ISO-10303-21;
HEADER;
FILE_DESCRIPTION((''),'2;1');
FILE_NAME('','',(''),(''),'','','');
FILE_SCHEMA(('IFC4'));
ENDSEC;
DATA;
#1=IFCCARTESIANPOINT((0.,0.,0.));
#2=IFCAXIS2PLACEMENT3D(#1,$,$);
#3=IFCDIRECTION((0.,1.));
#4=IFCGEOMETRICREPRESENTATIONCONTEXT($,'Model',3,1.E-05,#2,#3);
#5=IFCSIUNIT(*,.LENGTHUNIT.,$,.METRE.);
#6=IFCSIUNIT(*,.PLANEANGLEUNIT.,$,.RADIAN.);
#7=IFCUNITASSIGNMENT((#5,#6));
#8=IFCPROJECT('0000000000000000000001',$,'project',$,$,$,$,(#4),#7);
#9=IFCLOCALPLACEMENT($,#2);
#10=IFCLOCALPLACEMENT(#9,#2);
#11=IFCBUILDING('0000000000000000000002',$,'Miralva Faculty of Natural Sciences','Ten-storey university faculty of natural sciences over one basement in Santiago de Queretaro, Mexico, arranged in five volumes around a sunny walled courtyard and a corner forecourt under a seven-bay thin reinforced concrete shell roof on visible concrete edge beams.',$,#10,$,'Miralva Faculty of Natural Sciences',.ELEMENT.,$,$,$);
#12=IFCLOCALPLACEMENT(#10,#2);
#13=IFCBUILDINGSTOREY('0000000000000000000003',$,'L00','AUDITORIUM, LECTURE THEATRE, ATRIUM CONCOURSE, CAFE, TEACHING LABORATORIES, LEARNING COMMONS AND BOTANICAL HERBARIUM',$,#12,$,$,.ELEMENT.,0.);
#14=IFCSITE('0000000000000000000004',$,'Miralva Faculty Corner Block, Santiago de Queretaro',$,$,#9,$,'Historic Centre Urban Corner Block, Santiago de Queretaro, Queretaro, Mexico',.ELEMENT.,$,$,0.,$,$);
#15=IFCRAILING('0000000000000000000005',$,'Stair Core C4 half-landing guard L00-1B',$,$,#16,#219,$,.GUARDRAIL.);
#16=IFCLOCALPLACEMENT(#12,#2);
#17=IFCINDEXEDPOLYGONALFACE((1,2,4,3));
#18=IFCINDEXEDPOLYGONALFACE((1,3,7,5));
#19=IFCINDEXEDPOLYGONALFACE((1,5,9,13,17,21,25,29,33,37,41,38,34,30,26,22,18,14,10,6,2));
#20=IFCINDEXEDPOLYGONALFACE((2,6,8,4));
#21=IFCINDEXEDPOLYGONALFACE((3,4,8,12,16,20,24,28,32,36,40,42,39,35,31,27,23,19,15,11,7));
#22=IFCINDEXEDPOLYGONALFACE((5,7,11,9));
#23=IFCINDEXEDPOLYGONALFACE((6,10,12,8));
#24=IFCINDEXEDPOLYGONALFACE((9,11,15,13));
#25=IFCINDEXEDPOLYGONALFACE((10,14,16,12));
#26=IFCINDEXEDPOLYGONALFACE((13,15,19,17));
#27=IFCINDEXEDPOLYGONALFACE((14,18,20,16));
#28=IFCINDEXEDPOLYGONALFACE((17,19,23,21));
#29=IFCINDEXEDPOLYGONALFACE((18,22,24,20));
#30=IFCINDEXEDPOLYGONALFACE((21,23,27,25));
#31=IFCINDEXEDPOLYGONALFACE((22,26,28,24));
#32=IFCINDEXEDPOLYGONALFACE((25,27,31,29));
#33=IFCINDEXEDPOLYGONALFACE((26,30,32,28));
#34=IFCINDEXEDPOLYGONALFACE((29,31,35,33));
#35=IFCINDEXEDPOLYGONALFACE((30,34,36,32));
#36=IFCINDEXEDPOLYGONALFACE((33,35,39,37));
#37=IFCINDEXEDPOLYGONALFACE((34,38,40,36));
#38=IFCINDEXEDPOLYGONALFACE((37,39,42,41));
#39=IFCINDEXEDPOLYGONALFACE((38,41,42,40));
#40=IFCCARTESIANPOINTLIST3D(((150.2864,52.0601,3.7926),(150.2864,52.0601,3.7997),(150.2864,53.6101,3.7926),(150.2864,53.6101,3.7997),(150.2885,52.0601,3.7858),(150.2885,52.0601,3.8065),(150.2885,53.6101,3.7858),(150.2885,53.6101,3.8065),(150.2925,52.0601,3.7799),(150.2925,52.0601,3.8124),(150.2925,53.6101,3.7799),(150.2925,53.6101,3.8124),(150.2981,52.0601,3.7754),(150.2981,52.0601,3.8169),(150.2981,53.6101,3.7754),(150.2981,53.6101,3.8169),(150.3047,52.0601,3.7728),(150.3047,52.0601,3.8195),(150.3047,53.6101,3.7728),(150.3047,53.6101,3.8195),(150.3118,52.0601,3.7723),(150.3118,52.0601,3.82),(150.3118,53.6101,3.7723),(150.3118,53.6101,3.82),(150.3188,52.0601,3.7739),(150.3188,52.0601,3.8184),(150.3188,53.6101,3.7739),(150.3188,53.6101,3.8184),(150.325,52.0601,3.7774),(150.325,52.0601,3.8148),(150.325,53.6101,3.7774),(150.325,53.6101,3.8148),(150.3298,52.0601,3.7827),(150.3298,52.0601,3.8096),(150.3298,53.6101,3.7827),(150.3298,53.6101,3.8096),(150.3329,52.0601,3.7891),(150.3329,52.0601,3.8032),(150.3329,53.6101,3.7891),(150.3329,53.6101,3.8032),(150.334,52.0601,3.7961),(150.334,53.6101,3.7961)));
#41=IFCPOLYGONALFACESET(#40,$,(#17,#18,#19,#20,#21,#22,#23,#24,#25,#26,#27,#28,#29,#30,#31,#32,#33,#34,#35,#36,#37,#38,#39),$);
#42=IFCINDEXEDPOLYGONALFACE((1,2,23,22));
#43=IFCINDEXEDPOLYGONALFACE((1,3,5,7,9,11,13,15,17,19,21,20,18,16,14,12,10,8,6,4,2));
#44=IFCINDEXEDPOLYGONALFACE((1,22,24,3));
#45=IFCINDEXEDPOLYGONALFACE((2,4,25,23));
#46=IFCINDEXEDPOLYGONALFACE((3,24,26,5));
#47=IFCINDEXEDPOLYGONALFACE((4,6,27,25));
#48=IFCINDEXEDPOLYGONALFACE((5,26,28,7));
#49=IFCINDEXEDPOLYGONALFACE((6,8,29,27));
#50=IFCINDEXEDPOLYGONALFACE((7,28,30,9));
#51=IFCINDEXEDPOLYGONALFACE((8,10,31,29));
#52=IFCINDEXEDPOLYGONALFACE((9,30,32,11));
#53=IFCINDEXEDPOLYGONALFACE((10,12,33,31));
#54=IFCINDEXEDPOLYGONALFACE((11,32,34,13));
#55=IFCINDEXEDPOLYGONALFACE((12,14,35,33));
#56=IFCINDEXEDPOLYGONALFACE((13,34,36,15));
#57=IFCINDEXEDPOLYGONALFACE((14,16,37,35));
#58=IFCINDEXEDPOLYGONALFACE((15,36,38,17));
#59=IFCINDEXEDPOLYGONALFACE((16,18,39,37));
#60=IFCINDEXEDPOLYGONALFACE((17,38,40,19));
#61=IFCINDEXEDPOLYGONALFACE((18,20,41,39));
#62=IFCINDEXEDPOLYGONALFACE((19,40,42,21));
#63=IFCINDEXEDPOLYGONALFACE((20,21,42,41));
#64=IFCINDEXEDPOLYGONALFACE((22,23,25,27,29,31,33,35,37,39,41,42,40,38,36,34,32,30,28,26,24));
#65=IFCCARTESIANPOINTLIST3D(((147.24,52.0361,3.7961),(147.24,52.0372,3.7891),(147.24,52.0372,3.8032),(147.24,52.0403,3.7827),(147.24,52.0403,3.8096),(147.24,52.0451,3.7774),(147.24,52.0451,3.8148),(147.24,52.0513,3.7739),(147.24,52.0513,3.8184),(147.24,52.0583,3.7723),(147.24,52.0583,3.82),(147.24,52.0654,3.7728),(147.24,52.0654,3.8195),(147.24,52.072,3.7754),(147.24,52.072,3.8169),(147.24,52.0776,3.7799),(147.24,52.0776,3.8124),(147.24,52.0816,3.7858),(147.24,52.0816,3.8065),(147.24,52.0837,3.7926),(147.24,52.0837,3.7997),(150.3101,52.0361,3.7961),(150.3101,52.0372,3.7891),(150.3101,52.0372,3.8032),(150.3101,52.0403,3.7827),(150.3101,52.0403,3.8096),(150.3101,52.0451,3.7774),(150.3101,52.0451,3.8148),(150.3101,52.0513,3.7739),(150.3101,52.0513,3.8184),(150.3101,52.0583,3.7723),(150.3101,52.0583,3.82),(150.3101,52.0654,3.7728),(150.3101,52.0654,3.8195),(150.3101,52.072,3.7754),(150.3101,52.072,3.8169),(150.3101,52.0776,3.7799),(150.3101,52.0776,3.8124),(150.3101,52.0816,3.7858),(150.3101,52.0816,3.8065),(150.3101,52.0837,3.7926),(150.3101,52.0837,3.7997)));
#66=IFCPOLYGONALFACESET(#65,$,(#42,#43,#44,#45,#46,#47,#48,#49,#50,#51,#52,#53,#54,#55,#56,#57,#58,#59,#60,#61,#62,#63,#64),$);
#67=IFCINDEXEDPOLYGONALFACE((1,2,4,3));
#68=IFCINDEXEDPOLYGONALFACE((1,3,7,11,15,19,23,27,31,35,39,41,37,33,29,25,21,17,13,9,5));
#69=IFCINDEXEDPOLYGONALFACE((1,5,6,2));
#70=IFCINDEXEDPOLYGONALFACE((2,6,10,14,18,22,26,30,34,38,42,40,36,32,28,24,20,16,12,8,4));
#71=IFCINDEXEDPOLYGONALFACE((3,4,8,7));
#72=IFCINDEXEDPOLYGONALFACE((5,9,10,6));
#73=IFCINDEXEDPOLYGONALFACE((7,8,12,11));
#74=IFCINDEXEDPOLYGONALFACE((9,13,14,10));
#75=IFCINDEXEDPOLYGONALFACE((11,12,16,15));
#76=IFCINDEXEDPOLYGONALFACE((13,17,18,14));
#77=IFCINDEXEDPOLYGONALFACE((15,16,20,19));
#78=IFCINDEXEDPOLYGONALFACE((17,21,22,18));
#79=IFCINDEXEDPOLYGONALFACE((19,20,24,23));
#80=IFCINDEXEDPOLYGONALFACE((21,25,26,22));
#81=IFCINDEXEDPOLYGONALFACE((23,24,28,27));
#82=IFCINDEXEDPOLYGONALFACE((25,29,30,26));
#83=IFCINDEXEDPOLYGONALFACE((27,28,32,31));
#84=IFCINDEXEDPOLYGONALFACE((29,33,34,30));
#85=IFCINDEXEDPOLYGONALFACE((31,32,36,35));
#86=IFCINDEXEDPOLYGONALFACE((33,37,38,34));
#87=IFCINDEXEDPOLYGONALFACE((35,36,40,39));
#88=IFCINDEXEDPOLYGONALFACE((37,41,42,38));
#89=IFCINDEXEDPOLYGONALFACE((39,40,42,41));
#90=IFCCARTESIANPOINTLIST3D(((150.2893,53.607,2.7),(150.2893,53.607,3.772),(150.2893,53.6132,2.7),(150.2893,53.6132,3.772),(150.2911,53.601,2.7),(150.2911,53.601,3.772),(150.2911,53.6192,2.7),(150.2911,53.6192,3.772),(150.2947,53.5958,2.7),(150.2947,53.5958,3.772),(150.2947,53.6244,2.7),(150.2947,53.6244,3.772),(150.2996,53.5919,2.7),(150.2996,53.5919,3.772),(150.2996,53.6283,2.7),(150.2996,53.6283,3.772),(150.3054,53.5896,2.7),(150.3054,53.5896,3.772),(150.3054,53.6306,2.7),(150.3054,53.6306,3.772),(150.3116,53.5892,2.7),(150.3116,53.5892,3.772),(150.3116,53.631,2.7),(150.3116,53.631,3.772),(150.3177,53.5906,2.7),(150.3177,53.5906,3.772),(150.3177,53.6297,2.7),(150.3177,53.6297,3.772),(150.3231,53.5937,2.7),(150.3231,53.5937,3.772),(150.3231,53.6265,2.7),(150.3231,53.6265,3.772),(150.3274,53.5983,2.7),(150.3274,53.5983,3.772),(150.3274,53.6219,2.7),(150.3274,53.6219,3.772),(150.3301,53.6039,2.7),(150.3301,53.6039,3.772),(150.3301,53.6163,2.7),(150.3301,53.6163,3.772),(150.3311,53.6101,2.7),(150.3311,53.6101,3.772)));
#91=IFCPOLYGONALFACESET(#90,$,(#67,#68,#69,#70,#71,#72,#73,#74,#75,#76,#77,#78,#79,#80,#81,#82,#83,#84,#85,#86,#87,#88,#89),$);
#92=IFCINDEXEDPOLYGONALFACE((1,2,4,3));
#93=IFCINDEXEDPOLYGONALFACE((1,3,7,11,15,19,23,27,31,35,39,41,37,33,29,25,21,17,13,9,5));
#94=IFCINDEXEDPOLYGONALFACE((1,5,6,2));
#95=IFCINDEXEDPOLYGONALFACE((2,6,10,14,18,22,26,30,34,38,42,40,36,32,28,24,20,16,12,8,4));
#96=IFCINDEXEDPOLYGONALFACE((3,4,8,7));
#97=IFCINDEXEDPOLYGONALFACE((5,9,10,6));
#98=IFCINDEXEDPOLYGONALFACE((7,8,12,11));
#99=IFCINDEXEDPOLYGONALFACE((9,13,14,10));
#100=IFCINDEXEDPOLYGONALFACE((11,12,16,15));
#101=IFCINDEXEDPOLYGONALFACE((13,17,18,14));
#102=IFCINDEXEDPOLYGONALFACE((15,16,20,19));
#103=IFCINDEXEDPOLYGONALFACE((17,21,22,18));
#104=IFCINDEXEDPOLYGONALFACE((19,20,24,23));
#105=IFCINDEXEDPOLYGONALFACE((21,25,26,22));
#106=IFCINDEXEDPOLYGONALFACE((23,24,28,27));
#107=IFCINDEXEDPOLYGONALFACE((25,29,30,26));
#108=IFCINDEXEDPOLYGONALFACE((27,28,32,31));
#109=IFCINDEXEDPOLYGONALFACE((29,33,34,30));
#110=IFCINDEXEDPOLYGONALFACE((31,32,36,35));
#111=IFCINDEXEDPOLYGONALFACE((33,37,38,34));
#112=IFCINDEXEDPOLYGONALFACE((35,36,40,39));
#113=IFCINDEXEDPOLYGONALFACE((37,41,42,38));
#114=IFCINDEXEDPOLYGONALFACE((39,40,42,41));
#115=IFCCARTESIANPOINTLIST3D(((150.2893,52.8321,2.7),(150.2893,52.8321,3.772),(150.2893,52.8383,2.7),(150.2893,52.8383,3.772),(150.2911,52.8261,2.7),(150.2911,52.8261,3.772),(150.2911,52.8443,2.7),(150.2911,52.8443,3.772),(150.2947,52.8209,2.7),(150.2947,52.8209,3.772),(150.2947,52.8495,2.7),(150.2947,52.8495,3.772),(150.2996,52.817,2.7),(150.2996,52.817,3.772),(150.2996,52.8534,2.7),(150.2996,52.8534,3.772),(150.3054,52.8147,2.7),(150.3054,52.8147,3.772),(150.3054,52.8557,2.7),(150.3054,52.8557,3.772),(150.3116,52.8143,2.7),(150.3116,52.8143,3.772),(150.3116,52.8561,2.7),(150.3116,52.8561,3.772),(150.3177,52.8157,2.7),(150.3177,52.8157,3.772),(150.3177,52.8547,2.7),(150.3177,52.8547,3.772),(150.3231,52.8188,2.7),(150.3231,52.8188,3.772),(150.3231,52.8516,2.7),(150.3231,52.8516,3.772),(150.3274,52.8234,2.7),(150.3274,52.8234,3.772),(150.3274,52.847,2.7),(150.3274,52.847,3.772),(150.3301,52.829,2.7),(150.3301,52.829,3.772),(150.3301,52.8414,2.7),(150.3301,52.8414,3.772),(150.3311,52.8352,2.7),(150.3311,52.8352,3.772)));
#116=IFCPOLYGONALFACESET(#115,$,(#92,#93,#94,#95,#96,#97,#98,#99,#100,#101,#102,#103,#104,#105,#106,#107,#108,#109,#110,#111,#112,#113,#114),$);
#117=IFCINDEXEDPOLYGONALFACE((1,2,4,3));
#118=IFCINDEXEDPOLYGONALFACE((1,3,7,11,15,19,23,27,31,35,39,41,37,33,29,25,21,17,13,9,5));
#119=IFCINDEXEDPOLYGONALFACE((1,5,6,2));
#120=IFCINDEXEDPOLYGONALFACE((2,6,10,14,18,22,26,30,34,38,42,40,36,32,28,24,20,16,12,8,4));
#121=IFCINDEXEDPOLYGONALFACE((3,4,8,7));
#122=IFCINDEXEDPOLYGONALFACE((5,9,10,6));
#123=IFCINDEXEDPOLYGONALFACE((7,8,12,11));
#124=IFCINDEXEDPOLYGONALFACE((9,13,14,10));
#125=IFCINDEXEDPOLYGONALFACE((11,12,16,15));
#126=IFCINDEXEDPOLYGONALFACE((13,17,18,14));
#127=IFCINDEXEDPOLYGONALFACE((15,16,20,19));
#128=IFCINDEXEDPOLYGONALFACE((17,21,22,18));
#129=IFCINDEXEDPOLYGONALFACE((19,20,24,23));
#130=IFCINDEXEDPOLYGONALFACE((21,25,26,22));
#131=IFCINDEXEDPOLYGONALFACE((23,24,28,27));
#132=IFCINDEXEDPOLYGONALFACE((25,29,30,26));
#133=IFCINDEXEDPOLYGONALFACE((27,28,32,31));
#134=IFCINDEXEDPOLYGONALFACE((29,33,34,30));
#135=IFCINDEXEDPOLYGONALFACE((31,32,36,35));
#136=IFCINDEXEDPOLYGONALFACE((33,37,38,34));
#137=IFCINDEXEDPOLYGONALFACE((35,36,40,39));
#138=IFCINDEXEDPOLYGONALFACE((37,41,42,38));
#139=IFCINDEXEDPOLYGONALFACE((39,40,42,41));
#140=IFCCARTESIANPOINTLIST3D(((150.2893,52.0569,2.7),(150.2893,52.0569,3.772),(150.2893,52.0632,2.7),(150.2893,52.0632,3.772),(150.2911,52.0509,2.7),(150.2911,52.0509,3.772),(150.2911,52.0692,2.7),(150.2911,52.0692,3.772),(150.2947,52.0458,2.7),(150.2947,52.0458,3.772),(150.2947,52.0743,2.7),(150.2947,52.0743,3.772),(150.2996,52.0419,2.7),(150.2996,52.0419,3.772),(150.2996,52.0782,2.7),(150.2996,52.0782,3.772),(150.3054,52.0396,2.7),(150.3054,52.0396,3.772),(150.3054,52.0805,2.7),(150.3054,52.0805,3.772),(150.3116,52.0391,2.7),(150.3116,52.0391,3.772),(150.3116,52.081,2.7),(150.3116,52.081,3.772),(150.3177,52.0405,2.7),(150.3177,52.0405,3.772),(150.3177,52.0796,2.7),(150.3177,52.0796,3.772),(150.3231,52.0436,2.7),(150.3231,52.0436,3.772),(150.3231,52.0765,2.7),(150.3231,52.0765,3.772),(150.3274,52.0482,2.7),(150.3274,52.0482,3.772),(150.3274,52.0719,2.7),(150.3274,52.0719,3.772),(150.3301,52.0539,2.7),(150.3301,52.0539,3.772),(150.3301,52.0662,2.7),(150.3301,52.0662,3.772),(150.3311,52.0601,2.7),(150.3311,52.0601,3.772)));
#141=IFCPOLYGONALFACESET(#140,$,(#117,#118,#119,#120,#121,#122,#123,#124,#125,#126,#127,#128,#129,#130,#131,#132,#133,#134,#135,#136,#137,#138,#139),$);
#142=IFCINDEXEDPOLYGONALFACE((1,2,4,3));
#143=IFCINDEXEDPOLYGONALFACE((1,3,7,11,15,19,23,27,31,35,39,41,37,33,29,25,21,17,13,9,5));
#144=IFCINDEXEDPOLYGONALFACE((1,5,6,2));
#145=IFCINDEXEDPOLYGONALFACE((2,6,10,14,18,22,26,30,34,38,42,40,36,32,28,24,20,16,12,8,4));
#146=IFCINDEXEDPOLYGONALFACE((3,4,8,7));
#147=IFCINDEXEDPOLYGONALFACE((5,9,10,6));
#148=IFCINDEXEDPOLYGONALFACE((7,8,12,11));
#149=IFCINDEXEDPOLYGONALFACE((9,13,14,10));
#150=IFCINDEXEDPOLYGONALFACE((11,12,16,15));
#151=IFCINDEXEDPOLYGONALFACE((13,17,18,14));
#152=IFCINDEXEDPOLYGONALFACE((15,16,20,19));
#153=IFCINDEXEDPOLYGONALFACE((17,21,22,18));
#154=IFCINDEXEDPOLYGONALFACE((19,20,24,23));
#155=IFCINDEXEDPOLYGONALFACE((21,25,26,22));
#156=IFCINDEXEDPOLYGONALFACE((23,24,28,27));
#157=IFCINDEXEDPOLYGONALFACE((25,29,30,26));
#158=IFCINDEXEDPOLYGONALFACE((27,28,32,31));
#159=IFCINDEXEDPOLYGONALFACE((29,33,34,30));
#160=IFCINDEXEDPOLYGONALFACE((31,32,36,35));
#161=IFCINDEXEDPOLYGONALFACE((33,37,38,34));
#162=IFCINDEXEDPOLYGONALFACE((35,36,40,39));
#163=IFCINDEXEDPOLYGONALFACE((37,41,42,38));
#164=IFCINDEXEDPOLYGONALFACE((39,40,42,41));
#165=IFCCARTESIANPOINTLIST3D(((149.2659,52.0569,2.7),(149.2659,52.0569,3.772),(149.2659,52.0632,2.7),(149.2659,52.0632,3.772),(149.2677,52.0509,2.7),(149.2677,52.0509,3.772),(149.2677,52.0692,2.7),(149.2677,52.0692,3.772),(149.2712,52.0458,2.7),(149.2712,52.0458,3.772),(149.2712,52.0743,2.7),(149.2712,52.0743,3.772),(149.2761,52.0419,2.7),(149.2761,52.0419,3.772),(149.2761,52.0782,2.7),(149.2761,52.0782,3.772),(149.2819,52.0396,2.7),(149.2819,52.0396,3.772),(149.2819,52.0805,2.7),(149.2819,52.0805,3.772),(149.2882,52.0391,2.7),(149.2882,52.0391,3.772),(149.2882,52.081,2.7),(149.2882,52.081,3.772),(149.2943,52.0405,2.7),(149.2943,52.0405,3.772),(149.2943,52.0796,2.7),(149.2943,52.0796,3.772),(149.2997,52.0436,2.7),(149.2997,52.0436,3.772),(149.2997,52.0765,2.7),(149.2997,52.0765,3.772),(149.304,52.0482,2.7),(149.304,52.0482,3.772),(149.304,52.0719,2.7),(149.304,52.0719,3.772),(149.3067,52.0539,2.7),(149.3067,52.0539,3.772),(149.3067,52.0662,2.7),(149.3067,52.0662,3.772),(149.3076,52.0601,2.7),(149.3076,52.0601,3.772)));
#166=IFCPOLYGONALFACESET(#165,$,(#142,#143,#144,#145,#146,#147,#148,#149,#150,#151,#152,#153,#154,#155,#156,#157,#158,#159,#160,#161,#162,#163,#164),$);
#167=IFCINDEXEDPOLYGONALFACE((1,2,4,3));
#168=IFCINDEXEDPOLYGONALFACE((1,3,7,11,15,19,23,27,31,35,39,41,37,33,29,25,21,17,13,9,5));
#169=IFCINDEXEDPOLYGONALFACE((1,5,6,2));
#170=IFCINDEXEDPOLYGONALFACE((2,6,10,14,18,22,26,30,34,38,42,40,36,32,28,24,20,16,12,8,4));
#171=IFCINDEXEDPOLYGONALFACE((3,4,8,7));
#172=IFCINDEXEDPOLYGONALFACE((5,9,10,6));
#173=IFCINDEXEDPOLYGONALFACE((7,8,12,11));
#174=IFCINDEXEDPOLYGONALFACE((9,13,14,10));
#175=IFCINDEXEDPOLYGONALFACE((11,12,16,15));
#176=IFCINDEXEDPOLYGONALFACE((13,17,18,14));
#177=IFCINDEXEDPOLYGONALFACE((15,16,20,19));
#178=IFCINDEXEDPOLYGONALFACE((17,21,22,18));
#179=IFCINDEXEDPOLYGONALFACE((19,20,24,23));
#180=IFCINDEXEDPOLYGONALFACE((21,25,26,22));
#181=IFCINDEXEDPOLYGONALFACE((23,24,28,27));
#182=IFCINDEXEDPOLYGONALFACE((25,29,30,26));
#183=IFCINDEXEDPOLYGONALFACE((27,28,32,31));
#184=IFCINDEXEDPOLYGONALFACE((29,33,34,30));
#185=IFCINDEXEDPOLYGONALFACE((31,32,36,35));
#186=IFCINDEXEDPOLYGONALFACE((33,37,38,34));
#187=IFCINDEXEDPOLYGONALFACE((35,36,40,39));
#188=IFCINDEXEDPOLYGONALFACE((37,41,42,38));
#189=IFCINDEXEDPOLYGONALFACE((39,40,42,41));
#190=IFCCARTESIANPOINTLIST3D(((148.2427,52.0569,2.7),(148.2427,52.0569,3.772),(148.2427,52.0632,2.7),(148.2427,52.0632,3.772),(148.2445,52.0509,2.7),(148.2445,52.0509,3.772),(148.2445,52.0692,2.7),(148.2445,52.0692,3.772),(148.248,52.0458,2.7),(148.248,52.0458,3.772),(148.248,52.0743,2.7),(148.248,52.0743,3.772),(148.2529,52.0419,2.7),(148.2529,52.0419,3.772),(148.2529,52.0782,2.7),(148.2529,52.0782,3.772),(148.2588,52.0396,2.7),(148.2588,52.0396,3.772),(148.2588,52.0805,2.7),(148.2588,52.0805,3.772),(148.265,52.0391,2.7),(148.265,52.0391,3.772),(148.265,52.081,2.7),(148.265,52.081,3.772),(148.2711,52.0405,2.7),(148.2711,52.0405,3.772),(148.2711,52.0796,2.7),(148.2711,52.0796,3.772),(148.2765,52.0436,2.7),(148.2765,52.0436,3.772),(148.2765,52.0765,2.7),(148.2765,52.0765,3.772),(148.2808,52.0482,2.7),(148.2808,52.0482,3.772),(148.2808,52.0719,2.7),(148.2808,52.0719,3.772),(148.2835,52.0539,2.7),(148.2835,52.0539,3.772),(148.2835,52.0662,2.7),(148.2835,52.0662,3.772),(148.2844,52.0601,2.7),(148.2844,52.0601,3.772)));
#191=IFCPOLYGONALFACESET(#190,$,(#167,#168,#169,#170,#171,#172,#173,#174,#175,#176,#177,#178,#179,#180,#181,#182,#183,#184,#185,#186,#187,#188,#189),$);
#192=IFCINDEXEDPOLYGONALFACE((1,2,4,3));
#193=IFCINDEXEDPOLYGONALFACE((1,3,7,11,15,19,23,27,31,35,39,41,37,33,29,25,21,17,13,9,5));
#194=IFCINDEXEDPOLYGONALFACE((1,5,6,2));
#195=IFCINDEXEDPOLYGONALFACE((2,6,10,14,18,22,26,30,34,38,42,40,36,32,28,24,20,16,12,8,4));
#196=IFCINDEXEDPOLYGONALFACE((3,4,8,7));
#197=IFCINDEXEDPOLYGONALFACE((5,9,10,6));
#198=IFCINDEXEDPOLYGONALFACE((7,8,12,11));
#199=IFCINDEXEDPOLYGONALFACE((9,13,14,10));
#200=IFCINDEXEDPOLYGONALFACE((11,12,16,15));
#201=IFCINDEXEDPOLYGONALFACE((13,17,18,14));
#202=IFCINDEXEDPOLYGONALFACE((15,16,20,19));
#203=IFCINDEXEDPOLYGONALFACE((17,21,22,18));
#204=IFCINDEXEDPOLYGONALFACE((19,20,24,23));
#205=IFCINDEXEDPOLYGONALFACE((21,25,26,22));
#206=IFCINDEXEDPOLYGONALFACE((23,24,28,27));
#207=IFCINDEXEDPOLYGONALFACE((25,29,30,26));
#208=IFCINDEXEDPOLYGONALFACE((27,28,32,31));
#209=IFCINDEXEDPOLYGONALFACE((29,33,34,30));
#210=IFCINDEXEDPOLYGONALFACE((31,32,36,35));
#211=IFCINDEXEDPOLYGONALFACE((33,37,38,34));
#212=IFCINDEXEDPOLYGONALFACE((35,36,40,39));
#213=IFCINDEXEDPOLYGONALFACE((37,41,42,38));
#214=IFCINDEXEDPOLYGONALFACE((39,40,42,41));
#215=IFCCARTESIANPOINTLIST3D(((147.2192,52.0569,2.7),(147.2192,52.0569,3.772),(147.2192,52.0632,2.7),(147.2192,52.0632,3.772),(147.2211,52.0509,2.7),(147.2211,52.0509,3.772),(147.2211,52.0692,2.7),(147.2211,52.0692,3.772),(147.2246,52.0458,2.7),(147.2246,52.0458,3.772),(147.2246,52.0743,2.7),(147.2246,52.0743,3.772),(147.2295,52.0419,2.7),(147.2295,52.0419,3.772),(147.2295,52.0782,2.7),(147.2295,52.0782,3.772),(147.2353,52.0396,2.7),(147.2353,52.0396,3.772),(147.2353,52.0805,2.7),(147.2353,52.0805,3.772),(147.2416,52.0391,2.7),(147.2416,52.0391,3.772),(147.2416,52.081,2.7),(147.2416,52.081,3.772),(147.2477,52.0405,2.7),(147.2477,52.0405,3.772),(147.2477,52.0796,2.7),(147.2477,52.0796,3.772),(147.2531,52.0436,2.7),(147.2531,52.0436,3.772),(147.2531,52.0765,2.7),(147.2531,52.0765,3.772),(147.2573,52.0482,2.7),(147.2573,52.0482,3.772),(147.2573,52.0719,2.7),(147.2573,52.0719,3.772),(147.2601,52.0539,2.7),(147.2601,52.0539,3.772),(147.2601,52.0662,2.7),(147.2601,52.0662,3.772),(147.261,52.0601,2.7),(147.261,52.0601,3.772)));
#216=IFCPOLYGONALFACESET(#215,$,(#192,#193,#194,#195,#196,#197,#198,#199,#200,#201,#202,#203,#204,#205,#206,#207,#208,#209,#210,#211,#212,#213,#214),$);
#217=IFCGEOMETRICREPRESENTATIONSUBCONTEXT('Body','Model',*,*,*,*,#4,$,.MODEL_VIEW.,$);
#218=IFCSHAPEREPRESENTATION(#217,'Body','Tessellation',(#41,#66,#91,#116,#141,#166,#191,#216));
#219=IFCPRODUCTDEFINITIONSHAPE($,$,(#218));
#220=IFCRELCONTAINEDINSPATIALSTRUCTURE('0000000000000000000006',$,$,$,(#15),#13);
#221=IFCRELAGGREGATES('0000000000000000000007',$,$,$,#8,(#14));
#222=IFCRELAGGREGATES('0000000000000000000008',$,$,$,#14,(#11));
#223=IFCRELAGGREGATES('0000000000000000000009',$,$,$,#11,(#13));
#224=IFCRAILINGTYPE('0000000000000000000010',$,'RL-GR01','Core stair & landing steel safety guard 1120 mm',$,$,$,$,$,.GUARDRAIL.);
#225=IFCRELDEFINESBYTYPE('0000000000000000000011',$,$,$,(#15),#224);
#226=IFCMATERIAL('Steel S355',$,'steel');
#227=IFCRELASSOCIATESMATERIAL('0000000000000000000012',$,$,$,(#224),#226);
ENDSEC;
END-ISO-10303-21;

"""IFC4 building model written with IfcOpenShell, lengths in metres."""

from ifc_helpers import new_model, si_unit, direction, frame, origin, origin_2d, place, context, subcontext, project, spatial, circle, extrude, material, type_object, element, save


model = new_model("IFC4")

# Units and contexts
model_context = context("Model", 3, precision=1e-05, world=origin(), true_north=direction((0.0, 1.0)))
body_context = subcontext(model_context, "Body", "Model", "MODEL_VIEW")
ifc_project = project(units=[si_unit("LENGTHUNIT", "METRE"), si_unit("PLANEANGLEUNIT", "RADIAN")], contexts=[model_context])

# Site, building, storey
site_placement = place(None, origin())
site = spatial("IfcSite", under=ifc_project, at=site_placement, Name="Miralva Faculty Corner Block, Santiago de Queretaro", LongName="Historic Centre Urban Corner Block, Santiago de Queretaro, Queretaro, Mexico", CompositionType="ELEMENT", RefElevation=0.0)
building_placement = place(site_placement, origin())
building = spatial("IfcBuilding", under=site, at=building_placement, Name="Miralva Faculty of Natural Sciences", Description="Ten-storey university faculty of natural sciences over one basement in Santiago de Queretaro, Mexico, arranged in five volumes around a sunny walled courtyard and a corner forecourt under a seven-bay thin reinforced concrete shell roof on visible concrete edge beams.", LongName="Miralva Faculty of Natural Sciences", CompositionType="ELEMENT")
storey_placement = place(building_placement, origin())
storey = spatial("IfcBuildingStorey", under=building, at=storey_placement, Name="L00", Description="AUDITORIUM, LECTURE THEATRE, ATRIUM CONCOURSE, CAFE, TEACHING LABORATORIES, LEARNING COMMONS AND BOTANICAL HERBARIUM", CompositionType="ELEMENT", Elevation=0.0)

# Railing
ifc_material_1 = material(Name="Steel S355", Category="steel")
railing_type = type_object("IfcRailingType", Name="RL-GR01", Description="Core stair & landing steel safety guard 1120 mm", PredefinedType="GUARDRAIL", material=ifc_material_1)
railing_1_placement = place(storey_placement, frame((150.3101, 53.6101, 2.7)))
element("IfcRailing", 1, at=railing_1_placement, inside=storey, type_object=railing_type, Name="Stair Core C4 half-landing guard L00-1B", PredefinedType="GUARDRAIL", context=body_context, shape_type="SweptSolid", body=[
    extrude(circle(Radius=0.0239, at=origin_2d()), frame((0.0, 0.0, 1.0962), z_axis=(0.0, -1.0, 0.0), x_axis=(1.0, 0.0, 0.0)), (0.0, 0.0, 1.0), 1.55),
    extrude(circle(Radius=0.0239, at=origin_2d()), frame((0.0, -1.55, 1.0962), z_axis=(-1.0, 0.0, 0.0), x_axis=(0.0, -1.0, 0.0)), (0.0, 0.0, 1.0), 3.0701),
    extrude(circle(Radius=0.021, at=origin_2d()), origin(), (0.0, 0.0, 1.0), 1.072),
    extrude(circle(Radius=0.021, at=origin_2d()), frame((0.0, -0.7749, 0.0)), (0.0, 0.0, 1.0), 1.072),
    extrude(circle(Radius=0.021, at=origin_2d()), frame((0.0, -1.55, 0.0)), (0.0, 0.0, 1.0), 1.072),
    extrude(circle(Radius=0.021, at=origin_2d()), frame((-1.0234, -1.55, 0.0)), (0.0, 0.0, 1.0), 1.072),
    extrude(circle(Radius=0.021, at=origin_2d()), frame((-2.0466, -1.55, 0.0)), (0.0, 0.0, 1.0), 1.072),
    extrude(circle(Radius=0.021, at=origin_2d()), frame((-3.0701, -1.55, 0.0)), (0.0, 0.0, 1.0), 1.072),
])

save(model, "model.ifc")
